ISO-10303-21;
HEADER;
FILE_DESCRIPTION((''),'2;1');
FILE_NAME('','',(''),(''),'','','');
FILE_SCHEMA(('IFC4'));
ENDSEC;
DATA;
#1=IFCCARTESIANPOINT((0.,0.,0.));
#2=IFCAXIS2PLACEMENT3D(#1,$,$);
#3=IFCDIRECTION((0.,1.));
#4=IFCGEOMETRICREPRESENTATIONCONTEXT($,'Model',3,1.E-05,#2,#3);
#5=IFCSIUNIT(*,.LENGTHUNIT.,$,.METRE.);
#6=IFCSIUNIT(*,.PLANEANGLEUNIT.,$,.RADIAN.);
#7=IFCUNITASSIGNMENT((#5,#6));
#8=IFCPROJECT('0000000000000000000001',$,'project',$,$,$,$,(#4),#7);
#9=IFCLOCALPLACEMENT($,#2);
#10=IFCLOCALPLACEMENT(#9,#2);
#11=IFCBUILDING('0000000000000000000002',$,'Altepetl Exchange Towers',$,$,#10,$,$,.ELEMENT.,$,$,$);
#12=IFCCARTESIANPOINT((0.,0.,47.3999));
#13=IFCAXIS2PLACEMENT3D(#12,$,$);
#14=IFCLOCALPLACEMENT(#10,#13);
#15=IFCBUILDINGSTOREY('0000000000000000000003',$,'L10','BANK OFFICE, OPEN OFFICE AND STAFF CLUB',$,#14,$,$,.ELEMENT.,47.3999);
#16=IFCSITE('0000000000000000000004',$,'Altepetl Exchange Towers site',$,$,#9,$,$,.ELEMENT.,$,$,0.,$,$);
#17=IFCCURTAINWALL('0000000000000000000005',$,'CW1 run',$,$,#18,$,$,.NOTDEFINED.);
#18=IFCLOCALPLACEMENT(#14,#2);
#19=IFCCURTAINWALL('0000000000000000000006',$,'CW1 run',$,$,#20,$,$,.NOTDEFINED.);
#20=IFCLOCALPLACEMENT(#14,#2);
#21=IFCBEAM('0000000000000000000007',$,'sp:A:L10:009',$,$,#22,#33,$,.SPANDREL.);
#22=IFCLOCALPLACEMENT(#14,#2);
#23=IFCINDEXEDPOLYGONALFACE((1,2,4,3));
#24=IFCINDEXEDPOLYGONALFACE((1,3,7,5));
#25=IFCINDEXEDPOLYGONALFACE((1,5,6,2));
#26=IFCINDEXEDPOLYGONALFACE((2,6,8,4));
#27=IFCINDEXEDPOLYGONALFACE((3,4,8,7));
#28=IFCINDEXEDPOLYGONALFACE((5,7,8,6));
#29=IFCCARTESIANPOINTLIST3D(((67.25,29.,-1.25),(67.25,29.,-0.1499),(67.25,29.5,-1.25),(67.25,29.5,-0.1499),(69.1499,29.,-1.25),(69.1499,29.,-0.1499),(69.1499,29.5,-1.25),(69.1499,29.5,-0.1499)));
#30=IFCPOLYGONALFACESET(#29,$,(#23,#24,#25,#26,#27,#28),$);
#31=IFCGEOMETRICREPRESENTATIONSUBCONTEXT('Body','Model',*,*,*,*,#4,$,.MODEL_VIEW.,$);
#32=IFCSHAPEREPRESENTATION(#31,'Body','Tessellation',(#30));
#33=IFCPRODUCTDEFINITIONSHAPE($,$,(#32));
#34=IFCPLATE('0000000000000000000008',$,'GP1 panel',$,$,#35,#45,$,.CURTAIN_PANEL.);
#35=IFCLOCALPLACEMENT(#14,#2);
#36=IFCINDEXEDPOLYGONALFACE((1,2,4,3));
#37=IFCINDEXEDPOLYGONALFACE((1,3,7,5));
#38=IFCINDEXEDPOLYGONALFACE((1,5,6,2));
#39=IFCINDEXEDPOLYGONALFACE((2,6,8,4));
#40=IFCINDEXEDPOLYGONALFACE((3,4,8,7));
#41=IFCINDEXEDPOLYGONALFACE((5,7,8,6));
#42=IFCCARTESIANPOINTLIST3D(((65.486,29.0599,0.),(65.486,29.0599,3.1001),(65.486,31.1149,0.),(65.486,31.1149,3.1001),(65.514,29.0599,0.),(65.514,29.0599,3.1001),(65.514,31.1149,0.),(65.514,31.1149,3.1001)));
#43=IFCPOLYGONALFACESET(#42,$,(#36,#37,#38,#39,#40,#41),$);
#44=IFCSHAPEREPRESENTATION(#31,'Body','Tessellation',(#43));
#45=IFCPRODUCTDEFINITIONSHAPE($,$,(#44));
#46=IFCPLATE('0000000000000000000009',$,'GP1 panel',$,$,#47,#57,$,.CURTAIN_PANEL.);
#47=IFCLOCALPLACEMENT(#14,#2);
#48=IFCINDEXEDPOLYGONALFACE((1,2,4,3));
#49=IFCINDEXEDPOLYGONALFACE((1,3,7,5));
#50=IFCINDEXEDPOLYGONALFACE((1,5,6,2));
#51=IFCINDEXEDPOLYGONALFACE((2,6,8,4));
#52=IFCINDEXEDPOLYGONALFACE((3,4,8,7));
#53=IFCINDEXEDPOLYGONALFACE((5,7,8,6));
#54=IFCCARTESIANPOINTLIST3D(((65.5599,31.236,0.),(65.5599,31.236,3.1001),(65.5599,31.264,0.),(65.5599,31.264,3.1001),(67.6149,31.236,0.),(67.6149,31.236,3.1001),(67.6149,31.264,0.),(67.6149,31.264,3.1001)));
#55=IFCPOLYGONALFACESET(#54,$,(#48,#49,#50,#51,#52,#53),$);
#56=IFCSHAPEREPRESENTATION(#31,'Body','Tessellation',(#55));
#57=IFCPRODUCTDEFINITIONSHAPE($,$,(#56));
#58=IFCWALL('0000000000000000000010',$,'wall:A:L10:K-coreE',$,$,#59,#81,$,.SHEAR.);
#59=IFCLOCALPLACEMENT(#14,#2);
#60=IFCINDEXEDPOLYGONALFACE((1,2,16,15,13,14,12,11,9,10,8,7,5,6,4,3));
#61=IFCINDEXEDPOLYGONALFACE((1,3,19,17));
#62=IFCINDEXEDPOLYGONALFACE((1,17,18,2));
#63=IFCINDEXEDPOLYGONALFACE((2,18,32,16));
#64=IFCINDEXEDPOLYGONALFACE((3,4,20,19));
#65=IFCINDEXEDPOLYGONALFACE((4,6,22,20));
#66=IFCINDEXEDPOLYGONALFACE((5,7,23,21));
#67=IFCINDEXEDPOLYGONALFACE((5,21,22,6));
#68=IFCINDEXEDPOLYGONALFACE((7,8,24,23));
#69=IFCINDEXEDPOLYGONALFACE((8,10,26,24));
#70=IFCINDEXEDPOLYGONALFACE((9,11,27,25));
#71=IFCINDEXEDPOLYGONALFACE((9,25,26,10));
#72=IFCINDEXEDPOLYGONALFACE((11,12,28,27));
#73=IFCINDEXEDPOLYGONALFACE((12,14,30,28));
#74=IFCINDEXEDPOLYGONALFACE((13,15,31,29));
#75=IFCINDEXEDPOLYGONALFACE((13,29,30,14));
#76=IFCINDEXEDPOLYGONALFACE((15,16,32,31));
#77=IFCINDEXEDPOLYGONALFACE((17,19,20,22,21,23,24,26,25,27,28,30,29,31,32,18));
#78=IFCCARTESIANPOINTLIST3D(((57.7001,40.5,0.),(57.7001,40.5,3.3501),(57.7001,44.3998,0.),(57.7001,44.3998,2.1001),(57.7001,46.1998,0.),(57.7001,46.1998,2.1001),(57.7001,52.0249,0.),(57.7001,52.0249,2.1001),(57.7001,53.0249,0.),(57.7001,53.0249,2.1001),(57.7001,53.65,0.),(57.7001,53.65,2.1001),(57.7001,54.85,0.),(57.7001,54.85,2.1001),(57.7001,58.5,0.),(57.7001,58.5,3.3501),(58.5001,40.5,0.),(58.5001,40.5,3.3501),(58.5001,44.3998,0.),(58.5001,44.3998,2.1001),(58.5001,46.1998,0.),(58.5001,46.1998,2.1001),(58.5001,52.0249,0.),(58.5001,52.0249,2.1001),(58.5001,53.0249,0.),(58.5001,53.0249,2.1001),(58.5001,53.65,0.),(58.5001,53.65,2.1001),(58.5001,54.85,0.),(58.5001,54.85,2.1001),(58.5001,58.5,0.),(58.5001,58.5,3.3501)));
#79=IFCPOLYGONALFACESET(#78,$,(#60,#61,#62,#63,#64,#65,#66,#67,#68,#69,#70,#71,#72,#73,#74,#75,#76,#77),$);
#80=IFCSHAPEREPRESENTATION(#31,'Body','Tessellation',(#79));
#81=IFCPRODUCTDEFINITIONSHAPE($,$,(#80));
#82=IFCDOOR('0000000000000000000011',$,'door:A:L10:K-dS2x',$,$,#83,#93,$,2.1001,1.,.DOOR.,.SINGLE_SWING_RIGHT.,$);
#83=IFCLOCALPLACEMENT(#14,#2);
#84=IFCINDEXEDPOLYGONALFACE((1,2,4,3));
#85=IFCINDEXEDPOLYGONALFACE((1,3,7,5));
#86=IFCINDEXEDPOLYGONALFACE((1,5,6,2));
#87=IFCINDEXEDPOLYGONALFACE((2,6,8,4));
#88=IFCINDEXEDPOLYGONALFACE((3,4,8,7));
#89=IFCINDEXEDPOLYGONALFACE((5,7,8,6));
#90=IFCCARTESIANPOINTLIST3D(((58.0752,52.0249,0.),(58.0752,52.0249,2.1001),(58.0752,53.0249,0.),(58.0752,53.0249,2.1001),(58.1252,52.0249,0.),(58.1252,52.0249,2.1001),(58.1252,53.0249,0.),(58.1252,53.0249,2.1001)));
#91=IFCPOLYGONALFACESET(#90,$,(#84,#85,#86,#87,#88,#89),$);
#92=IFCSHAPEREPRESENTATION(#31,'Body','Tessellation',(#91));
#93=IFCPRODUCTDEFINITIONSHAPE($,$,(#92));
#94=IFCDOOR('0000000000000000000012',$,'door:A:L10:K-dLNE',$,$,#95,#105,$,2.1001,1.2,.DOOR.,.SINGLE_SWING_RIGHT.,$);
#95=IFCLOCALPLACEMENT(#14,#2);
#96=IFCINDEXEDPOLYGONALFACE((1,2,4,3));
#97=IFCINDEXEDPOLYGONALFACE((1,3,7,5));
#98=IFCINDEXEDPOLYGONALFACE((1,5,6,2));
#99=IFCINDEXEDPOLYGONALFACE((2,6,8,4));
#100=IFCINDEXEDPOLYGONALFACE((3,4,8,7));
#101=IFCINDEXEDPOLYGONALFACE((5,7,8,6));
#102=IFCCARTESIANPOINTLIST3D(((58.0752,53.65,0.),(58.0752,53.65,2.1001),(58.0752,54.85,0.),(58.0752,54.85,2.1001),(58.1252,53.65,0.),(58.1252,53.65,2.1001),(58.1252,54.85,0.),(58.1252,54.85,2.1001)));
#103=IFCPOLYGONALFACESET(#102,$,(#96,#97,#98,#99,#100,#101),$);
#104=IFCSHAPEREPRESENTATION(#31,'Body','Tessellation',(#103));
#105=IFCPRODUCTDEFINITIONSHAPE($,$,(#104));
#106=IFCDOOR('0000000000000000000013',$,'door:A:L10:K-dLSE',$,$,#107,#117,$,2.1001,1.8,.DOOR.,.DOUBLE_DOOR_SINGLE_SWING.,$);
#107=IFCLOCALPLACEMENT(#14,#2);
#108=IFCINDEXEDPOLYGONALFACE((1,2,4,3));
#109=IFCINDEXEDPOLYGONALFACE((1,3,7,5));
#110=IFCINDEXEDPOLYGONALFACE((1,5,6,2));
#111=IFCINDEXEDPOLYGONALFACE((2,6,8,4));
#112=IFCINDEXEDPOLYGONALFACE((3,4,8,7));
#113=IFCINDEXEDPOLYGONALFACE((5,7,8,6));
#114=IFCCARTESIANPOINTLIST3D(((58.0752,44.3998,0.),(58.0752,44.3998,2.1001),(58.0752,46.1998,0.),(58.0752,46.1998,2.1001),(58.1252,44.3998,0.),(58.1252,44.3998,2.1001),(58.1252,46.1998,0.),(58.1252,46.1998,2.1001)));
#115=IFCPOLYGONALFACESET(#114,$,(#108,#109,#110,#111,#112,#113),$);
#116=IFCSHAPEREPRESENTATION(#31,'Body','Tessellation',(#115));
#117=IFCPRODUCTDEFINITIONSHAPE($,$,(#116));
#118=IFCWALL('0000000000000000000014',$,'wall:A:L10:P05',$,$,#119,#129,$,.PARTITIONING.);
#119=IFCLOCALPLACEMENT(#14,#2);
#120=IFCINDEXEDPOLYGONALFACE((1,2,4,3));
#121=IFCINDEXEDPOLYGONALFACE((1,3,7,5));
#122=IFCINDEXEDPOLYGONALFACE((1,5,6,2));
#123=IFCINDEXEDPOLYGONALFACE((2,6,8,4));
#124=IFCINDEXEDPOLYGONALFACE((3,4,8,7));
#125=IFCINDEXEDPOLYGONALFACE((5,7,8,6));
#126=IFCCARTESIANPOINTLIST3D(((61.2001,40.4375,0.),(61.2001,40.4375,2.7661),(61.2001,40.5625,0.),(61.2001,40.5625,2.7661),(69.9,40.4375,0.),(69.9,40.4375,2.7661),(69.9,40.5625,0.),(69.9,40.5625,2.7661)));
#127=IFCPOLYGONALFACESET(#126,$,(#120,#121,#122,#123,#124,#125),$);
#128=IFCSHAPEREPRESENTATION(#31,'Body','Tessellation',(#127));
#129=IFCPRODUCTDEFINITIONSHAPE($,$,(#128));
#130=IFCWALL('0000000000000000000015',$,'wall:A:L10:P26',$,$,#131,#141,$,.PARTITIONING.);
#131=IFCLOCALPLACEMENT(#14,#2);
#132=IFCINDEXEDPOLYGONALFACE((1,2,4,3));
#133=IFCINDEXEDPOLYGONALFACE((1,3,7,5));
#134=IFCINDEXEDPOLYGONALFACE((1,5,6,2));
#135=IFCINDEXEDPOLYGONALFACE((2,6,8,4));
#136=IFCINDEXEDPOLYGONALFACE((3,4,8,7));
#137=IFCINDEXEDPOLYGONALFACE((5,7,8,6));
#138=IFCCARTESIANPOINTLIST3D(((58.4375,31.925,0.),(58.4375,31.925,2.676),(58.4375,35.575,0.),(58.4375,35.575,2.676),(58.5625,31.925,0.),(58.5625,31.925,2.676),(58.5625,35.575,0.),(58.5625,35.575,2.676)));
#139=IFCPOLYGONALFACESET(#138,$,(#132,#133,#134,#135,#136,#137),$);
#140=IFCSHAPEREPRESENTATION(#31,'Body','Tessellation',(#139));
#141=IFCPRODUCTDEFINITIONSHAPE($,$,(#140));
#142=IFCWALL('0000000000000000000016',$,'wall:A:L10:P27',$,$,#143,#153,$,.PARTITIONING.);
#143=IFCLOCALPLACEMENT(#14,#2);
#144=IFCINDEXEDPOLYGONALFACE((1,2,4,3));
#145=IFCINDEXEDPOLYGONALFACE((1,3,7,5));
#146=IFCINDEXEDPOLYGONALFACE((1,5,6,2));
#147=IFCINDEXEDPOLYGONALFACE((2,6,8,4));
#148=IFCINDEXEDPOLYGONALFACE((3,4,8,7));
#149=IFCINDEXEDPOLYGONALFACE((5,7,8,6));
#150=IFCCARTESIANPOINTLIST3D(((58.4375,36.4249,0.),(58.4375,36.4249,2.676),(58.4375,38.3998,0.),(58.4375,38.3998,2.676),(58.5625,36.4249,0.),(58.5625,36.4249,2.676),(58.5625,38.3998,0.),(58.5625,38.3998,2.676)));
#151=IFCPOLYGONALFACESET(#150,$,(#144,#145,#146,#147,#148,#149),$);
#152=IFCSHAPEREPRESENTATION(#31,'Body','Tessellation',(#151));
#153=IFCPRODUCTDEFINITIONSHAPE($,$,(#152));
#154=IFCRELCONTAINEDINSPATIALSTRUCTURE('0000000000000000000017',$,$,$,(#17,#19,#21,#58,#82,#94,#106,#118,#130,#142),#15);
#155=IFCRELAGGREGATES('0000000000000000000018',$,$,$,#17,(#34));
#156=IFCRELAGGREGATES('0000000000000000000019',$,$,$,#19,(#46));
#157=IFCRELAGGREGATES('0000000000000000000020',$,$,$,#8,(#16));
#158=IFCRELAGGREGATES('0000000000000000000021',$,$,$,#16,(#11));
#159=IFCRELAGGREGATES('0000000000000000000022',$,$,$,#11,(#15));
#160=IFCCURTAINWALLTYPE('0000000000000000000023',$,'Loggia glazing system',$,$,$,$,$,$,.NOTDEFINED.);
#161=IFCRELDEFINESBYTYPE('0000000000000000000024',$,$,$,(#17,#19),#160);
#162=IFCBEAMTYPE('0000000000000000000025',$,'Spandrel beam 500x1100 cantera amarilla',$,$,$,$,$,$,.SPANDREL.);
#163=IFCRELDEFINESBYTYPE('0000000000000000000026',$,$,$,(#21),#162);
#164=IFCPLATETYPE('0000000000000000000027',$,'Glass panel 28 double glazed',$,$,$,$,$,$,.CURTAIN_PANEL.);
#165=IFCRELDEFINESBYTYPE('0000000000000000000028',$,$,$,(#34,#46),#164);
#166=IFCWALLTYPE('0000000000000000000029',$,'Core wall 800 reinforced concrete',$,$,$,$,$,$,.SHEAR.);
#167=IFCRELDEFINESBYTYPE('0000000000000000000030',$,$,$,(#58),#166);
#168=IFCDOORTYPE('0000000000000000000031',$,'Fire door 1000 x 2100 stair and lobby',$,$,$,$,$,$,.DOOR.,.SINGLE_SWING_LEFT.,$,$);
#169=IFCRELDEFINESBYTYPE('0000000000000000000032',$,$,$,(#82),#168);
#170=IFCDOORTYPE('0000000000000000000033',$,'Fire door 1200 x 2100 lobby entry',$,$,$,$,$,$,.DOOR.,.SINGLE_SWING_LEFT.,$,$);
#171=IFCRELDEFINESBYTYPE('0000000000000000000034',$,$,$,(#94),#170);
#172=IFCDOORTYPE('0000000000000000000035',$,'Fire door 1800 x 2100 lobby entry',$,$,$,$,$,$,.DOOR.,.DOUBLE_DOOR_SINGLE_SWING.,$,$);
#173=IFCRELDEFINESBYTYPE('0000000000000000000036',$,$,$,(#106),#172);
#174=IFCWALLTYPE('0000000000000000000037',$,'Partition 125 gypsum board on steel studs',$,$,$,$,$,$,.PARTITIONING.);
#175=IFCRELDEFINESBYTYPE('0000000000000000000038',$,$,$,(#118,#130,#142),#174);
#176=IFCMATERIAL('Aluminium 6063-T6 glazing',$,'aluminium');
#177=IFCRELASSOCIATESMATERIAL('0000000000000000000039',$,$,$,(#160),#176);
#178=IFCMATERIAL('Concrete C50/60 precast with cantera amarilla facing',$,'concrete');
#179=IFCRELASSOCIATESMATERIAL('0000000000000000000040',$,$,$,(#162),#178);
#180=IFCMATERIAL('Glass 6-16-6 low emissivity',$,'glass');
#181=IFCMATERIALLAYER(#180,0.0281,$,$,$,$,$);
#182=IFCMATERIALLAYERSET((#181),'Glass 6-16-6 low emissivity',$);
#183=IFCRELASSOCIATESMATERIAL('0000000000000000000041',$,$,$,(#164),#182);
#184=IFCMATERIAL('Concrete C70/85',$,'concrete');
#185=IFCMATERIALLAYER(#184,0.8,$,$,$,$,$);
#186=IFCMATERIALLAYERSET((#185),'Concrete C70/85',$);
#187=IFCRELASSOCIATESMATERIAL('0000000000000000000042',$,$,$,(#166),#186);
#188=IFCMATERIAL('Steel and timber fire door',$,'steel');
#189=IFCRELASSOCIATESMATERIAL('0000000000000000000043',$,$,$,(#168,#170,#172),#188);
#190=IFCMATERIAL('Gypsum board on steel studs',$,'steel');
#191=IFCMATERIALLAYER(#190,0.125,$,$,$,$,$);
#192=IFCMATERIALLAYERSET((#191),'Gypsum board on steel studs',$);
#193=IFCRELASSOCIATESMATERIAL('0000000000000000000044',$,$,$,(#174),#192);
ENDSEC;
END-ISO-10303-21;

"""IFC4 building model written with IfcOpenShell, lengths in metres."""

from ifc_helpers import new_model, si_unit, direction, frame, frame_2d, origin, origin_2d, place, context, subcontext, project, spatial, rectangle, extrude, material, layer, layer_set, material_profile, profile_set, type_object, element, fill, aggregate, save


model = new_model("IFC4")

# Units and contexts
model_context = context("Model", 3, precision=1e-05, world=origin(), true_north=direction((0.0, 1.0)))
body_context = subcontext(model_context, "Body", "Model", "MODEL_VIEW")
ifc_project = project(units=[si_unit("LENGTHUNIT", "METRE"), si_unit("PLANEANGLEUNIT", "RADIAN")], contexts=[model_context])

# Site, building, storey
site_placement = place(None, origin())
site = spatial("IfcSite", under=ifc_project, at=site_placement, Name="Altepetl Exchange Towers site", CompositionType="ELEMENT", RefElevation=0.0)
building_placement = place(site_placement, origin())
building = spatial("IfcBuilding", under=site, at=building_placement, Name="Altepetl Exchange Towers", CompositionType="ELEMENT")
storey_placement = place(building_placement, frame((0.0, 0.0, 47.3999)))
storey = spatial("IfcBuildingStorey", under=building, at=storey_placement, Name="L10", Description="BANK OFFICE, OPEN OFFICE AND STAFF CLUB", CompositionType="ELEMENT", Elevation=47.3999)

# Shared definitions
ifc_material_1 = material(Name="Concrete C70/85", Category="concrete")

# Curtain walls
ifc_material_2 = material(Name="Aluminium 6063-T6 glazing", Category="aluminium")
curtain_wall_type = type_object("IfcCurtainWallType", Name="Loggia glazing system", PredefinedType="NOTDEFINED", material=ifc_material_2)
curtain_wall_1_placement = place(storey_placement, origin())
curtain_wall_1 = element("IfcCurtainWall", 1, at=curtain_wall_1_placement, inside=storey, type_object=curtain_wall_type, Name="CW1 run", PredefinedType="NOTDEFINED")
curtain_wall_2_placement = place(storey_placement, origin())
curtain_wall_2 = element("IfcCurtainWall", 2, at=curtain_wall_2_placement, inside=storey, type_object=curtain_wall_type, Name="CW1 run", PredefinedType="NOTDEFINED")

# Beam
ifc_material_3 = material(Name="Concrete C50/60 precast with cantera amarilla facing", Category="concrete")
ifc_material_profile_1 = material_profile(ifc_material_3, rectangle(XDim=0.5, YDim=1.1001, at=origin_2d()), Name="500 x 1100")
ifc_profile_set_1 = profile_set([ifc_material_profile_1], Name="Concrete C50/60 precast with cantera amarilla facing")
beam_type_1 = type_object("IfcBeamType", Name="Spandrel beam 500x1100 cantera amarilla", PredefinedType="SPANDREL", material=ifc_profile_set_1)
beam_1_placement = place(storey_placement, frame((67.25, 29.25, -0.7), z_axis=(1.0, 0.0, 0.0), x_axis=(0.0, 1.0, 0.0)))
element("IfcBeam", 3, at=beam_1_placement, inside=storey, type_object=beam_type_1, Name="sp:A:L10:009", PredefinedType="SPANDREL", context=body_context, shape_type="SweptSolid", body=[
    extrude(rectangle(XDim=0.5, YDim=1.1001, at=origin_2d()), origin(), (0.0, 0.0, 1.0), 1.8999),
])

# Plates
ifc_material_4 = material(Name="Glass 6-16-6 low emissivity", Category="glass")
ifc_layer_1 = layer(ifc_material_4, 0.0281)
ifc_layer_set_1 = layer_set([ifc_layer_1], Name="Glass 6-16-6 low emissivity")
plate_type = type_object("IfcPlateType", Name="Glass panel 28 double glazed", PredefinedType="CURTAIN_PANEL", material=ifc_layer_set_1)
plate_1_placement = place(storey_placement, frame((65.5, 30.0874, 0.0), z_axis=(0.0, 0.0, 1.0), x_axis=(0.0, 1.0, 0.0)))
plate_1 = element("IfcPlate", 4, at=plate_1_placement, type_object=plate_type, Name="GP1 panel", PredefinedType="CURTAIN_PANEL", context=body_context, shape_type="SweptSolid", body=[
    extrude(rectangle(XDim=2.0549, YDim=0.0281, at=origin_2d()), origin(), (0.0, 0.0, 1.0), 3.1001),
])
aggregate(curtain_wall_1, [plate_1])
plate_2_placement = place(storey_placement, frame((66.5874, 31.25, 0.0)))
plate_2 = element("IfcPlate", 5, at=plate_2_placement, type_object=plate_type, Name="GP1 panel", PredefinedType="CURTAIN_PANEL", context=body_context, shape_type="SweptSolid", body=[
    extrude(rectangle(XDim=2.0549, YDim=0.0281, at=origin_2d()), origin(), (0.0, 0.0, 1.0), 3.1001),
])
aggregate(curtain_wall_2, [plate_2])

# Wall, openings, doors
ifc_layer_2 = layer(ifc_material_1, 0.8)
ifc_layer_set_2 = layer_set([ifc_layer_2], Name="Concrete C70/85")
wall_type_1 = type_object("IfcWallType", Name="Core wall 800 reinforced concrete", PredefinedType="SHEAR", material=ifc_layer_set_2)
wall_1_placement = place(storey_placement, frame((58.1001, 40.5, 0.0), z_axis=(0.0, 0.0, 1.0), x_axis=(0.0, 1.0, 0.0)))
wall_1 = element("IfcWall", 6, at=wall_1_placement, inside=storey, type_object=wall_type_1, Name="wall:A:L10:K-coreE", PredefinedType="SHEAR", context=body_context, shape_type="SweptSolid", body=[
    extrude(rectangle(XDim=18.0, YDim=0.8, at=frame_2d((9.0, 0.0))), origin(), (0.0, 0.0, 1.0), 3.3501),
])
opening_1_placement = place(wall_1_placement, frame((13.1499, 0.0, 0.0)))
opening_1 = element("IfcOpeningElement", 7, at=opening_1_placement, cuts=wall_1, PredefinedType="OPENING", context=body_context, shape_type="SweptSolid", body=[
    extrude(rectangle(XDim=1.2, YDim=2.1001, at=frame_2d((0.6001, 1.05))), frame((0.0, 0.4102, 0.0), z_axis=(0.0, -1.0, 0.0), x_axis=(1.0, 0.0, 0.0)), (0.0, 0.0, 1.0), 0.8201),
])
opening_2_placement = place(wall_1_placement, frame((3.8999, 0.0, 0.0)))
opening_2 = element("IfcOpeningElement", 8, at=opening_2_placement, cuts=wall_1, PredefinedType="OPENING", context=body_context, shape_type="SweptSolid", body=[
    extrude(rectangle(XDim=1.8, YDim=2.1001, at=frame_2d((0.8999, 1.05))), frame((0.0, 0.4102, 0.0), z_axis=(0.0, -1.0, 0.0), x_axis=(1.0, 0.0, 0.0)), (0.0, 0.0, 1.0), 0.8201),
])
opening_3_placement = place(wall_1_placement, frame((11.5249, 0.0, 0.0)))
opening_3 = element("IfcOpeningElement", 9, at=opening_3_placement, cuts=wall_1, PredefinedType="OPENING", context=body_context, shape_type="SweptSolid", body=[
    extrude(rectangle(XDim=1.0, YDim=2.1001, at=frame_2d((0.5, 1.05))), frame((0.0, 0.4102, 0.0), z_axis=(0.0, -1.0, 0.0), x_axis=(1.0, 0.0, 0.0)), (0.0, 0.0, 1.0), 0.8201),
])
ifc_material_5 = material(Name="Steel and timber fire door", Category="steel")
door_type_1 = type_object("IfcDoorType", Name="Fire door 1000 x 2100 stair and lobby", OperationType="SINGLE_SWING_LEFT", PredefinedType="DOOR", material=ifc_material_5)
door_1_placement = place(opening_3_placement, origin())
door_1 = element("IfcDoor", 10, at=door_1_placement, inside=storey, type_object=door_type_1, Name="door:A:L10:K-dS2x", OperationType="SINGLE_SWING_RIGHT", OverallHeight=2.1001, OverallWidth=1.0, PredefinedType="DOOR", context=body_context, shape_type="SweptSolid", body=[
    extrude(rectangle(XDim=1.0, YDim=2.1001, at=frame_2d((0.5, 1.05))), frame((0.0, 0.0249, 0.0), z_axis=(0.0, -1.0, 0.0), x_axis=(1.0, 0.0, 0.0)), (0.0, 0.0, 1.0), 0.05),
])
fill(opening_3, door_1)
door_type_2 = type_object("IfcDoorType", Name="Fire door 1200 x 2100 lobby entry", OperationType="SINGLE_SWING_LEFT", PredefinedType="DOOR", material=ifc_material_5)
door_2_placement = place(opening_1_placement, origin())
door_2 = element("IfcDoor", 11, at=door_2_placement, inside=storey, type_object=door_type_2, Name="door:A:L10:K-dLNE", OperationType="SINGLE_SWING_RIGHT", OverallHeight=2.1001, OverallWidth=1.2, PredefinedType="DOOR", context=body_context, shape_type="SweptSolid", body=[
    extrude(rectangle(XDim=1.2, YDim=2.1001, at=frame_2d((0.6001, 1.05))), frame((0.0, 0.0249, 0.0), z_axis=(0.0, -1.0, 0.0), x_axis=(1.0, 0.0, 0.0)), (0.0, 0.0, 1.0), 0.05),
])
fill(opening_1, door_2)
door_type_3 = type_object("IfcDoorType", Name="Fire door 1800 x 2100 lobby entry", OperationType="DOUBLE_DOOR_SINGLE_SWING", PredefinedType="DOOR", material=ifc_material_5)
door_3_placement = place(opening_2_placement, origin())
door_3 = element("IfcDoor", 12, at=door_3_placement, inside=storey, type_object=door_type_3, Name="door:A:L10:K-dLSE", OperationType="DOUBLE_DOOR_SINGLE_SWING", OverallHeight=2.1001, OverallWidth=1.8, PredefinedType="DOOR", context=body_context, shape_type="SweptSolid", body=[
    extrude(rectangle(XDim=1.8, YDim=2.1001, at=frame_2d((0.8999, 1.05))), frame((0.0, 0.0249, 0.0), z_axis=(0.0, -1.0, 0.0), x_axis=(1.0, 0.0, 0.0)), (0.0, 0.0, 1.0), 0.05),
])
fill(opening_2, door_3)

# Walls
ifc_material_6 = material(Name="Gypsum board on steel studs", Category="steel")
ifc_layer_3 = layer(ifc_material_6, 0.125)
ifc_layer_set_3 = layer_set([ifc_layer_3], Name="Gypsum board on steel studs")
wall_type_2 = type_object("IfcWallType", Name="Partition 125 gypsum board on steel studs", PredefinedType="PARTITIONING", material=ifc_layer_set_3)
wall_2_placement = place(storey_placement, frame((61.2, 40.5, 0.0)))
element("IfcWall", 13, at=wall_2_placement, inside=storey, type_object=wall_type_2, Name="wall:A:L10:P05", PredefinedType="PARTITIONING", context=body_context, shape_type="SweptSolid", body=[
    extrude(rectangle(XDim=8.7, YDim=0.125, at=frame_2d((4.3501, 0.0))), origin(), (0.0, 0.0, 1.0), 2.7661),
])
wall_3_placement = place(storey_placement, frame((58.5, 31.925, 0.0), z_axis=(0.0, 0.0, 1.0), x_axis=(0.0, 1.0, 0.0)))
element("IfcWall", 14, at=wall_3_placement, inside=storey, type_object=wall_type_2, Name="wall:A:L10:P26", PredefinedType="PARTITIONING", context=body_context, shape_type="SweptSolid", body=[
    extrude(rectangle(XDim=3.6499, YDim=0.125, at=frame_2d((1.825, 0.0))), origin(), (0.0, 0.0, 1.0), 2.676),
])
wall_4_placement = place(storey_placement, frame((58.5, 36.425, 0.0), z_axis=(0.0, 0.0, 1.0), x_axis=(0.0, 1.0, 0.0)))
element("IfcWall", 15, at=wall_4_placement, inside=storey, type_object=wall_type_2, Name="wall:A:L10:P27", PredefinedType="PARTITIONING", context=body_context, shape_type="SweptSolid", body=[
    extrude(rectangle(XDim=1.9749, YDim=0.125, at=frame_2d((0.9873, 0.0))), origin(), (0.0, 0.0, 1.0), 2.676),
])

save(model, "model.ifc")
